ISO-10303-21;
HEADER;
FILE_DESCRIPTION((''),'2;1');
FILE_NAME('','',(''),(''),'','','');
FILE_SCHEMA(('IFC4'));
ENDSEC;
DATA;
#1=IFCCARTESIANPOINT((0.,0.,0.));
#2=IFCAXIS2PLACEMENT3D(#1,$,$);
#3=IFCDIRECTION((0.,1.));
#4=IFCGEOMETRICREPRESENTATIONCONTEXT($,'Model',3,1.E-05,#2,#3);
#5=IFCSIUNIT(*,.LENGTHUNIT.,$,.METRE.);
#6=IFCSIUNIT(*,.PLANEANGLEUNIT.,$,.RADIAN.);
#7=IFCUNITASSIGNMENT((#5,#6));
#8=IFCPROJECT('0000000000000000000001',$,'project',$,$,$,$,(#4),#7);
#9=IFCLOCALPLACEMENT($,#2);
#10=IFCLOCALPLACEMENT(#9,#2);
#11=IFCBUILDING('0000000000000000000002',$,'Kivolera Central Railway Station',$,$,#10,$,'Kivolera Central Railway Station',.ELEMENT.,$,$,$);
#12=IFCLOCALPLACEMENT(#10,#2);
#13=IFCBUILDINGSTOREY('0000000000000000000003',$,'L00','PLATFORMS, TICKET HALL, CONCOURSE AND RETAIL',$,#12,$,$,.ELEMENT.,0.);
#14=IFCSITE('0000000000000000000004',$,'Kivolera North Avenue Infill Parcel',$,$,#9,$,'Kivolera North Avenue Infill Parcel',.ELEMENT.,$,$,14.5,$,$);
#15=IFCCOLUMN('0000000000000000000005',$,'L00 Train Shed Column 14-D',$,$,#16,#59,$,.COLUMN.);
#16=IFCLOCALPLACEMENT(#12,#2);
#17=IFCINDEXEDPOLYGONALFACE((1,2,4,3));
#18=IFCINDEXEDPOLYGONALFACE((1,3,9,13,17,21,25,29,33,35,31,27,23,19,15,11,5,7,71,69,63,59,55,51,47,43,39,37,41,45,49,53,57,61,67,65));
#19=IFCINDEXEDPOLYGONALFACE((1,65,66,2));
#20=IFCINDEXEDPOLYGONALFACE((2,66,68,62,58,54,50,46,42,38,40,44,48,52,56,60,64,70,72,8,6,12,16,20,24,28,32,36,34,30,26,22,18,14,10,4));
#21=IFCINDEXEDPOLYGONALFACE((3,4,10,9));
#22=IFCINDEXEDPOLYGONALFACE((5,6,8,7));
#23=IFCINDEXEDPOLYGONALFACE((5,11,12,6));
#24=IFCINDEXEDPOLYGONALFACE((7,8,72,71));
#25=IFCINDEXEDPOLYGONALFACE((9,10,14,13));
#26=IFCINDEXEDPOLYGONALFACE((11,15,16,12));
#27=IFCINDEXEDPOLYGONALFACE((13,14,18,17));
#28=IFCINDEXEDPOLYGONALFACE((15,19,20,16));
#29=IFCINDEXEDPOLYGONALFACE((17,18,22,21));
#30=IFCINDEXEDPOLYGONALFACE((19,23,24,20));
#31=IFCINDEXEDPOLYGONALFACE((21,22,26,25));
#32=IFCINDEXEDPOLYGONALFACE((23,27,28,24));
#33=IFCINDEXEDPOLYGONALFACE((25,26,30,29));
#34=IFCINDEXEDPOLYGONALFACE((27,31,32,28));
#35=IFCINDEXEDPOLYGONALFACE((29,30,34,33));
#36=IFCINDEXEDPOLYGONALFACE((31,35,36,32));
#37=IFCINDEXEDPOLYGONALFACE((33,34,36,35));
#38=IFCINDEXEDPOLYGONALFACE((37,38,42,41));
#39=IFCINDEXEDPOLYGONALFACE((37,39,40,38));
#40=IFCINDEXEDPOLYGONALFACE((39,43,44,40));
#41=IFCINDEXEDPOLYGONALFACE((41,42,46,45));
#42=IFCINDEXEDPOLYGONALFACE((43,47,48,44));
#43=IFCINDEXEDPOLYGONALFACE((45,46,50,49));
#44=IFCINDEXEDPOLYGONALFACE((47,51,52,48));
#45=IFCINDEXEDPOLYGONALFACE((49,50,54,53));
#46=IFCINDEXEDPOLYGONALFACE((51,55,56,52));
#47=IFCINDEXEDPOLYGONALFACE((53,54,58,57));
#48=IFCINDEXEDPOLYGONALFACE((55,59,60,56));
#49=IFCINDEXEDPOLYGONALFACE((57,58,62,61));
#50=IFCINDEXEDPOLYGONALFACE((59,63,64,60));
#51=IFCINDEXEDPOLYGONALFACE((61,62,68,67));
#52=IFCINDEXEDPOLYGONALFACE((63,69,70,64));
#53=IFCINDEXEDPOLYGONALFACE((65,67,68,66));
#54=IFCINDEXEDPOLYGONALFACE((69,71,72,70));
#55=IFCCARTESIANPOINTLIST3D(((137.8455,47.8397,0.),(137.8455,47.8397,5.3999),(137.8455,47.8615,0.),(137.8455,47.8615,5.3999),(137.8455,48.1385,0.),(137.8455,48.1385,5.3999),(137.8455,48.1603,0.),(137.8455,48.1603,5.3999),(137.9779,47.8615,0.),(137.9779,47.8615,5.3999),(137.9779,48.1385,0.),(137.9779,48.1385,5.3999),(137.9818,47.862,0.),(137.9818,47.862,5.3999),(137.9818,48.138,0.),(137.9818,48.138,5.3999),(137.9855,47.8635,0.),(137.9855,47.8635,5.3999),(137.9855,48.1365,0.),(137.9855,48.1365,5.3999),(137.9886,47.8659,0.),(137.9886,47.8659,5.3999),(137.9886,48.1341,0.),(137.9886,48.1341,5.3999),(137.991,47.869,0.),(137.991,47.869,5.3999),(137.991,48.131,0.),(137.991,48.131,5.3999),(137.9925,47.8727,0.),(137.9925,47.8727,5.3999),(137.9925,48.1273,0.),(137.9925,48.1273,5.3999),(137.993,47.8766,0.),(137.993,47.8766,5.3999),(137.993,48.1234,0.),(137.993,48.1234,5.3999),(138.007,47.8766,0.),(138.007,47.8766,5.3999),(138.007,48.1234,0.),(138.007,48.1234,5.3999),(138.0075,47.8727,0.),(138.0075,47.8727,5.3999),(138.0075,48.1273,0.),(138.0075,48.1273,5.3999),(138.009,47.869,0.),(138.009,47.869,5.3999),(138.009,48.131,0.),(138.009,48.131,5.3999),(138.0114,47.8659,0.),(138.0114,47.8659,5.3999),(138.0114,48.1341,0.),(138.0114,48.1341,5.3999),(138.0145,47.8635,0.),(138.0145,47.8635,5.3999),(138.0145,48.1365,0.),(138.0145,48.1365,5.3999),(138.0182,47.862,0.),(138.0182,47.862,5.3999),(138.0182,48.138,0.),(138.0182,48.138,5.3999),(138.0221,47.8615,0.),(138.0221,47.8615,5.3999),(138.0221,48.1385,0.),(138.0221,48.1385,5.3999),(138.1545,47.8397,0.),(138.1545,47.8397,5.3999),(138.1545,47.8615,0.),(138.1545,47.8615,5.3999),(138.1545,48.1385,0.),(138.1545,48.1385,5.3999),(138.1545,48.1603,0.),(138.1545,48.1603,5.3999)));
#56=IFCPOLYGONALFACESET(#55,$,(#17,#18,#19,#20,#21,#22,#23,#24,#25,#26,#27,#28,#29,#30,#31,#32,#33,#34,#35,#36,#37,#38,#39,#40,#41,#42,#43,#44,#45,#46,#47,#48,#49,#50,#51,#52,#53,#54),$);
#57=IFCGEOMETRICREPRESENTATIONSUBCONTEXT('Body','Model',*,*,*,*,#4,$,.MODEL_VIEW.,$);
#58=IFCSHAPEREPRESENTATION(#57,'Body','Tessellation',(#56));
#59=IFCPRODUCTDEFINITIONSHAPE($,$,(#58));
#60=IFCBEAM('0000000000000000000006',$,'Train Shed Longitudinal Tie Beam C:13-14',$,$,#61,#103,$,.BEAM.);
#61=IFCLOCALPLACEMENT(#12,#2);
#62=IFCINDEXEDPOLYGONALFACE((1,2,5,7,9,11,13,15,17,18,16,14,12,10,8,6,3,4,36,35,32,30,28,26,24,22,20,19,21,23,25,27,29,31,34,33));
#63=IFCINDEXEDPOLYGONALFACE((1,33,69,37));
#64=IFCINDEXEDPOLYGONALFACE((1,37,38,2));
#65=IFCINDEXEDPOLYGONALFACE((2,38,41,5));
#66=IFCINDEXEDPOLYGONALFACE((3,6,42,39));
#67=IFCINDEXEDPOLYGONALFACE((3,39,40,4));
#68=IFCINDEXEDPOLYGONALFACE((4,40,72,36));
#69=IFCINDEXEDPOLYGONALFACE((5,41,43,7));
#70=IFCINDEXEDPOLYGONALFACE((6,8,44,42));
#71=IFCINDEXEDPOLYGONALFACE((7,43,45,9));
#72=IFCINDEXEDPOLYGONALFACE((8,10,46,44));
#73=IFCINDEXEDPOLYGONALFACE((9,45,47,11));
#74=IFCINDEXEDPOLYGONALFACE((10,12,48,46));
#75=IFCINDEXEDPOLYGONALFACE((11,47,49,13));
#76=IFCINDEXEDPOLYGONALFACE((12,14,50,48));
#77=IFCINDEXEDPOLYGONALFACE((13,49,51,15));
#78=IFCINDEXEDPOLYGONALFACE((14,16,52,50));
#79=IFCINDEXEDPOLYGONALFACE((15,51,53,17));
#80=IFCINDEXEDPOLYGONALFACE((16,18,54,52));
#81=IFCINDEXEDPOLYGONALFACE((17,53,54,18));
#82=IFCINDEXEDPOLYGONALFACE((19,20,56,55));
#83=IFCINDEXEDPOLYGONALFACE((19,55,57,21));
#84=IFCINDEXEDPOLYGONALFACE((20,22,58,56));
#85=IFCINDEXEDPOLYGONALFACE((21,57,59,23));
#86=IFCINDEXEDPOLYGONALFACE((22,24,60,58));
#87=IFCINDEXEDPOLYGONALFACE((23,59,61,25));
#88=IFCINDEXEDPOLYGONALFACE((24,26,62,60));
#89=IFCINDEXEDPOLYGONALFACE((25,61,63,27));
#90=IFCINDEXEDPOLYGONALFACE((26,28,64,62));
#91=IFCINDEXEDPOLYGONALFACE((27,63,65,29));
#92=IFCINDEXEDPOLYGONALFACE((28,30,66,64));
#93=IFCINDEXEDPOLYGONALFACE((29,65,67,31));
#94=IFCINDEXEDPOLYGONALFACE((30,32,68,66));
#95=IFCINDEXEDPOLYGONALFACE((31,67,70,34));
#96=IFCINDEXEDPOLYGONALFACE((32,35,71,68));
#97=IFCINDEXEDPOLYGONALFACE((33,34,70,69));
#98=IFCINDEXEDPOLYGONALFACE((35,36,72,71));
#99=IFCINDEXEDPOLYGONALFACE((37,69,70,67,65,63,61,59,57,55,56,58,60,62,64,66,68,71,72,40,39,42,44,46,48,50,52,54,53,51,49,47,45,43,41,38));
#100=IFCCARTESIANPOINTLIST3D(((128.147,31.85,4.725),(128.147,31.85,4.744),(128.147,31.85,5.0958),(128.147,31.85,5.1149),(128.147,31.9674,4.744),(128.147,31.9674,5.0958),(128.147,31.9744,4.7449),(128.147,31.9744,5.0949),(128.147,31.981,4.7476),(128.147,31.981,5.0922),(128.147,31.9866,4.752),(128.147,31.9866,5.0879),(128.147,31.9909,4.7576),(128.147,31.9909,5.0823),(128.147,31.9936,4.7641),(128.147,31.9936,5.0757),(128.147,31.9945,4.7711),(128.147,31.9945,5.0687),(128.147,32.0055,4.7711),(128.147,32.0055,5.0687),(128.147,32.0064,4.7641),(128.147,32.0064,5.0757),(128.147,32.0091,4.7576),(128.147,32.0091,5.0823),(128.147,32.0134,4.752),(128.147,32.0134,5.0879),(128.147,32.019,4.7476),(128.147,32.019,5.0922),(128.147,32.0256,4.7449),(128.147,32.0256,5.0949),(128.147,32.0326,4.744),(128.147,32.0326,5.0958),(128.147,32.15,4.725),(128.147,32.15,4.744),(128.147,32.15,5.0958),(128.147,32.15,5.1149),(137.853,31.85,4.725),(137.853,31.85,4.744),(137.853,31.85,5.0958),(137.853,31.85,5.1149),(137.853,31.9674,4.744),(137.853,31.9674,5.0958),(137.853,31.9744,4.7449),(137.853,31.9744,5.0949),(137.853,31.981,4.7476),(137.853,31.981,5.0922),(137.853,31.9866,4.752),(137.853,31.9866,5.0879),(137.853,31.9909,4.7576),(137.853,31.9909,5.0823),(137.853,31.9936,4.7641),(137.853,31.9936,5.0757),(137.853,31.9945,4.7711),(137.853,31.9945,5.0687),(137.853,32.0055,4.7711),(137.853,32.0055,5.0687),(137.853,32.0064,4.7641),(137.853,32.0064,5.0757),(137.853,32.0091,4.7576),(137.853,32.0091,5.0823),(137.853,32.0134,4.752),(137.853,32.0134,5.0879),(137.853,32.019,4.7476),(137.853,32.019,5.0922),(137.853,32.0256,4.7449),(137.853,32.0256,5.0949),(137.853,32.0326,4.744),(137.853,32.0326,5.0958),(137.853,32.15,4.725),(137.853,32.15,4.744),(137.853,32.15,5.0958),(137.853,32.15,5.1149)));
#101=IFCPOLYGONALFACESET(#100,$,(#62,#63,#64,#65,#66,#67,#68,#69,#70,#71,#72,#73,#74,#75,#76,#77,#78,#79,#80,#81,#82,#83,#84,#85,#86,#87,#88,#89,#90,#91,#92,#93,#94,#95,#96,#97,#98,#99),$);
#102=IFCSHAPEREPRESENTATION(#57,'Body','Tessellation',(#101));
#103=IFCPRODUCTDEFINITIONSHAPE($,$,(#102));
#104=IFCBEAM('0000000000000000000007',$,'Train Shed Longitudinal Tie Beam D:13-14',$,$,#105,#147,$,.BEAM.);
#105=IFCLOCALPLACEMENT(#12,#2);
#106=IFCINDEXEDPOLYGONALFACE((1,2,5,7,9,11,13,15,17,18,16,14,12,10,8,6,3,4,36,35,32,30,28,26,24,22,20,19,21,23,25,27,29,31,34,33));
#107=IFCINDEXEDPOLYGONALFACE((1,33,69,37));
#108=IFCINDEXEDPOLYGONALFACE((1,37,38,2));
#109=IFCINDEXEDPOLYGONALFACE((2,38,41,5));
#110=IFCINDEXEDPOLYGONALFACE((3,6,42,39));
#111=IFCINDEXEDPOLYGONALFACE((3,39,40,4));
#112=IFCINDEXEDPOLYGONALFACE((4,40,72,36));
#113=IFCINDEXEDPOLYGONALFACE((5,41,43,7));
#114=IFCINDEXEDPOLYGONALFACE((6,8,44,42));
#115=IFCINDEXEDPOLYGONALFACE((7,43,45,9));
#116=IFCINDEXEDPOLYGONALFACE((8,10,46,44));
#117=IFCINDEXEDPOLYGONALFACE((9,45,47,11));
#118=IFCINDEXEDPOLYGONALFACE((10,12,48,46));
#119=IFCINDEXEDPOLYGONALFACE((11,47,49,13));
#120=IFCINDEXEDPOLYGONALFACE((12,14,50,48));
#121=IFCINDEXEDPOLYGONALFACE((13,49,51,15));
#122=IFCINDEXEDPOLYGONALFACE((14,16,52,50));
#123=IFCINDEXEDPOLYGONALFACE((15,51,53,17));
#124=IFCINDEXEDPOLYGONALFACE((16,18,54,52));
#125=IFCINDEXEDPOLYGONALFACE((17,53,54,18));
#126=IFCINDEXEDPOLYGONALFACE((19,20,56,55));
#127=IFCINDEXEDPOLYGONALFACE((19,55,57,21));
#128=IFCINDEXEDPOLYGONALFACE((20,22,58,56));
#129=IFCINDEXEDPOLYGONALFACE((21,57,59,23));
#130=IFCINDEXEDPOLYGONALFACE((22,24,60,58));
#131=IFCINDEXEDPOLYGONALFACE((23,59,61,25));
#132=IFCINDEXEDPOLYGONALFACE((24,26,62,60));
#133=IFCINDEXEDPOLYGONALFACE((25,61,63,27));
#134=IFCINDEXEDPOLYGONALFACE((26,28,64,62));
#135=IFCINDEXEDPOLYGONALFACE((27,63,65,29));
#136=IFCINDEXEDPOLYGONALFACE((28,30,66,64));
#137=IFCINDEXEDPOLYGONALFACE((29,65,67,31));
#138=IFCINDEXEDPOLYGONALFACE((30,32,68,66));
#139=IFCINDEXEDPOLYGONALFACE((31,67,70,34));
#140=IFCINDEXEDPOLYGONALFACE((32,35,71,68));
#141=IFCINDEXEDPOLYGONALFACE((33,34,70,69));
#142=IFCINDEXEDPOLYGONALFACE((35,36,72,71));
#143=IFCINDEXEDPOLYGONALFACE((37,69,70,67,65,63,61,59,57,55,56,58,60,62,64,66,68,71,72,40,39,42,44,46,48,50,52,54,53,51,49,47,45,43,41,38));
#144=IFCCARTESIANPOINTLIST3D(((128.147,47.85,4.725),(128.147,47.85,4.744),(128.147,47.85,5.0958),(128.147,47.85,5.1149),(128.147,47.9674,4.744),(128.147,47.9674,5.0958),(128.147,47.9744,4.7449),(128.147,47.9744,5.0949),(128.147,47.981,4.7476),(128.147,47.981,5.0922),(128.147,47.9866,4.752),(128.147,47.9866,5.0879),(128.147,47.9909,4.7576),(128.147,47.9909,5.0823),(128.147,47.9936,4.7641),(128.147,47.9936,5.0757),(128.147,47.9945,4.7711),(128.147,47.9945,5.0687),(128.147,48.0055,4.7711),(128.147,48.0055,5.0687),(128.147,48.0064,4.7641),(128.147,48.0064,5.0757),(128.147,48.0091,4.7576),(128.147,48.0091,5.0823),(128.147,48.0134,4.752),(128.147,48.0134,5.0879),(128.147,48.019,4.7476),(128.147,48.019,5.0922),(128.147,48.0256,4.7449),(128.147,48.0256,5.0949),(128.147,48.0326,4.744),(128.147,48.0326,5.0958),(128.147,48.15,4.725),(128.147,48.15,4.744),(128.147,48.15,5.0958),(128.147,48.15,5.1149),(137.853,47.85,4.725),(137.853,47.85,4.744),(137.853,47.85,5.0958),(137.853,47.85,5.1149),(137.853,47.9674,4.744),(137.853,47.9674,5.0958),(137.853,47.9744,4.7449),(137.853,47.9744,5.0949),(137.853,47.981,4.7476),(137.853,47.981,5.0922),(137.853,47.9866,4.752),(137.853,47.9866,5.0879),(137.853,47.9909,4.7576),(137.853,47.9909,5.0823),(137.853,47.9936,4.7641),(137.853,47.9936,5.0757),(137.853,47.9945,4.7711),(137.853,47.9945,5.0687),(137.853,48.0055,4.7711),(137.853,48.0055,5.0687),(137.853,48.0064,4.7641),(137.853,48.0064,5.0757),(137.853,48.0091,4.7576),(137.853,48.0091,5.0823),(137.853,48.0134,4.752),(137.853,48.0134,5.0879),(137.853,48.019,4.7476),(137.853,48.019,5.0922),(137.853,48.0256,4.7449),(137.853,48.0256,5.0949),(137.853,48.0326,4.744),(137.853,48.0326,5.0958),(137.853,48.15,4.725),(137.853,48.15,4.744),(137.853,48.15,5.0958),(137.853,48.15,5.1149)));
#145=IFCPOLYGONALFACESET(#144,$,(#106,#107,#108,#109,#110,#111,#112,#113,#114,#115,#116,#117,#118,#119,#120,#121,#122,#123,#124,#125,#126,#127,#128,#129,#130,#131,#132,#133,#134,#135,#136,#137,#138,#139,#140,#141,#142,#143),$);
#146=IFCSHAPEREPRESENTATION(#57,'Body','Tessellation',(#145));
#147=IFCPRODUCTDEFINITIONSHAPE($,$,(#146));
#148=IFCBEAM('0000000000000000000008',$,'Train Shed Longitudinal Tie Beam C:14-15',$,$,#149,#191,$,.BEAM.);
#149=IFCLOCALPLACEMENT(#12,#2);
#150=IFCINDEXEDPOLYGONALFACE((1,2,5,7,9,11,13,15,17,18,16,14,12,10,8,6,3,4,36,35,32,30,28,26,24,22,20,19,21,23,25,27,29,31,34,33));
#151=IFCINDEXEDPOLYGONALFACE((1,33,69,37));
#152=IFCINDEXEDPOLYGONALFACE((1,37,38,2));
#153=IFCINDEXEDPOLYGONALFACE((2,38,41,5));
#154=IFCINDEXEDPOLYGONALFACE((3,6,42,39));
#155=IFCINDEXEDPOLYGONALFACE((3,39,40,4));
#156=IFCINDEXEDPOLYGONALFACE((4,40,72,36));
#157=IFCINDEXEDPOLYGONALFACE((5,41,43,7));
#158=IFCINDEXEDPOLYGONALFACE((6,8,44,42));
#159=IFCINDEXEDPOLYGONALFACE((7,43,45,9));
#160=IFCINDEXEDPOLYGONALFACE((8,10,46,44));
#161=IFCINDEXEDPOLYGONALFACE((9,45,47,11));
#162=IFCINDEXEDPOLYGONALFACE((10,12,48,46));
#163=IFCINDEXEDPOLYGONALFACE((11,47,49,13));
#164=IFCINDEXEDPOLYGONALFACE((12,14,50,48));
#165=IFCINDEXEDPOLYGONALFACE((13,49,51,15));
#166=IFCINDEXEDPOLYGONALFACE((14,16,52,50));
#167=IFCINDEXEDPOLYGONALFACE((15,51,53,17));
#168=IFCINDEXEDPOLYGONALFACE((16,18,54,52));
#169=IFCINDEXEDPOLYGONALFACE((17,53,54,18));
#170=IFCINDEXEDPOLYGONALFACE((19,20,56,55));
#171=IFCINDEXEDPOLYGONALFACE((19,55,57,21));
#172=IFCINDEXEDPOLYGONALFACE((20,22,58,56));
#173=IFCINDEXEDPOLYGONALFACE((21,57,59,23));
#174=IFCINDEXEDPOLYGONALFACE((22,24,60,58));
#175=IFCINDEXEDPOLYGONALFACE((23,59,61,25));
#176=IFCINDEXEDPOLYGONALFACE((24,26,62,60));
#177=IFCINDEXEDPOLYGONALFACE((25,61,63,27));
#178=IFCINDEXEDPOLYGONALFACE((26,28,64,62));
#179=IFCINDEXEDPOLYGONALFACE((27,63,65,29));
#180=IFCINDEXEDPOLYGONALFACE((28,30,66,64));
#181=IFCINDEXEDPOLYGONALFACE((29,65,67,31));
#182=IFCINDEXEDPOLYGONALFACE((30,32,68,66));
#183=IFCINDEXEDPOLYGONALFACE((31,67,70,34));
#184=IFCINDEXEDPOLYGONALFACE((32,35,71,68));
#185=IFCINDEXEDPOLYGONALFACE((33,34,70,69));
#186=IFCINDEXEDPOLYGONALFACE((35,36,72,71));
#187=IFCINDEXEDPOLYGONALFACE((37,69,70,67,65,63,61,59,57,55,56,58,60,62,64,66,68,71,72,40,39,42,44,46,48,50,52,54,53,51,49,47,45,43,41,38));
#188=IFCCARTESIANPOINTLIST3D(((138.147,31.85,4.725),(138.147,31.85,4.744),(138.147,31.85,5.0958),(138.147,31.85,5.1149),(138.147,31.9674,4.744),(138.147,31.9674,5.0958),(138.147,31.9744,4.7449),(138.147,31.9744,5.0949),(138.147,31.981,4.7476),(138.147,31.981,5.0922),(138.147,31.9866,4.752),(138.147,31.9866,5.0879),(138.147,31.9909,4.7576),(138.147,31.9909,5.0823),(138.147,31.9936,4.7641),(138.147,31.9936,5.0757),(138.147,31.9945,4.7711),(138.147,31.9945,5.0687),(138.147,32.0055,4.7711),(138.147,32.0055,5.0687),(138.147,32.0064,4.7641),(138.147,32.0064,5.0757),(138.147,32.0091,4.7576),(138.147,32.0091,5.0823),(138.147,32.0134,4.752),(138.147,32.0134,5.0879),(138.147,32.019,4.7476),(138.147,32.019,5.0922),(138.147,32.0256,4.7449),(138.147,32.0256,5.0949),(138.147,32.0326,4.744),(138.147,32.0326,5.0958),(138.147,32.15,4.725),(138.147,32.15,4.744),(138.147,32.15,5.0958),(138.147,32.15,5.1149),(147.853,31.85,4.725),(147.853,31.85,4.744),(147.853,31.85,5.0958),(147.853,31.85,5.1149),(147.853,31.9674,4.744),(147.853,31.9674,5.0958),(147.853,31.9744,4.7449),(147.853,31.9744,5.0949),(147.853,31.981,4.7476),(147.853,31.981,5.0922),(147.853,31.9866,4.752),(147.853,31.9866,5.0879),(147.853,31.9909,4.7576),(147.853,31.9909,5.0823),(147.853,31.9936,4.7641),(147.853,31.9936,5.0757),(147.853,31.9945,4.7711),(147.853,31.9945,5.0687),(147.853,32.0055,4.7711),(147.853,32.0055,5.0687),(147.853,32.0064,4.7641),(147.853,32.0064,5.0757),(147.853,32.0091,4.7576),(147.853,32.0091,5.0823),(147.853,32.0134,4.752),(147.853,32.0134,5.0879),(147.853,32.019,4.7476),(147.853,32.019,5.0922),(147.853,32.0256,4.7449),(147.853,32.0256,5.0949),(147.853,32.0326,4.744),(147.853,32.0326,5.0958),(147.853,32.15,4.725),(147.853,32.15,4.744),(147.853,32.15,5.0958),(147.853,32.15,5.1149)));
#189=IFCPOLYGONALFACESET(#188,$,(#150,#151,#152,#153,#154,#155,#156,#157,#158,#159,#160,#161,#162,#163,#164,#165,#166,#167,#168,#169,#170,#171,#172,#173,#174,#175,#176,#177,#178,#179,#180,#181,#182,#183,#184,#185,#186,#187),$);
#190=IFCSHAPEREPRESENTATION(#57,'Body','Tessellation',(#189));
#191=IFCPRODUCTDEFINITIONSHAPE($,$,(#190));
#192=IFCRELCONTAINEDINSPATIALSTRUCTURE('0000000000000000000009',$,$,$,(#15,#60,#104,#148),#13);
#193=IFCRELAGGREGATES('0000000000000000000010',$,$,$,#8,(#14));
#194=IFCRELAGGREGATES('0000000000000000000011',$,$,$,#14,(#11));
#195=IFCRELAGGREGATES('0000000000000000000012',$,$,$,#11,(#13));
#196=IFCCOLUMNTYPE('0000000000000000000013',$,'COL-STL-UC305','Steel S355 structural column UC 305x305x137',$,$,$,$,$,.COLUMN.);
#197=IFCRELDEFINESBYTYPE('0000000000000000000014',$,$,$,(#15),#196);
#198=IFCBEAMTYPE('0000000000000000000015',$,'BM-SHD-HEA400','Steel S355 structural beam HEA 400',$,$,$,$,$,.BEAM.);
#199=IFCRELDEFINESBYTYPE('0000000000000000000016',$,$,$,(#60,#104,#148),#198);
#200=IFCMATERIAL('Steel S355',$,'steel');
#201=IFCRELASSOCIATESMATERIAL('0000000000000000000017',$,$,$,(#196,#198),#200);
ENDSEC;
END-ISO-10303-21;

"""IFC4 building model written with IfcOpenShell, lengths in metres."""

from ifc_helpers import new_model, si_unit, direction, frame, origin, origin_2d, place, context, subcontext, project, spatial, i_section, extrude, material, material_profile, profile_set, type_object, element, save


model = new_model("IFC4")

# Units and contexts
model_context = context("Model", 3, precision=1e-05, world=origin(), true_north=direction((0.0, 1.0)))
body_context = subcontext(model_context, "Body", "Model", "MODEL_VIEW")
ifc_project = project(units=[si_unit("LENGTHUNIT", "METRE"), si_unit("PLANEANGLEUNIT", "RADIAN")], contexts=[model_context])

# Site, building, storey
site_placement = place(None, origin())
site = spatial("IfcSite", under=ifc_project, at=site_placement, Name="Kivolera North Avenue Infill Parcel", LongName="Kivolera North Avenue Infill Parcel", CompositionType="ELEMENT", RefElevation=14.5)
building_placement = place(site_placement, origin())
building = spatial("IfcBuilding", under=site, at=building_placement, Name="Kivolera Central Railway Station", LongName="Kivolera Central Railway Station", CompositionType="ELEMENT")
storey_placement = place(building_placement, origin())
storey = spatial("IfcBuildingStorey", under=building, at=storey_placement, Name="L00", Description="PLATFORMS, TICKET HALL, CONCOURSE AND RETAIL", CompositionType="ELEMENT", Elevation=0.0)

# Column
ifc_material_1 = material(Name="Steel S355", Category="steel")
ifc_material_profile_1 = material_profile(ifc_material_1, i_section(OverallWidth=0.3091, OverallDepth=0.3206, WebThickness=0.0139, FlangeThickness=0.0217, FilletRadius=0.0151, at=origin_2d()), Name="UC 305x305x137")
ifc_profile_set_1 = profile_set([ifc_material_profile_1], Name="Steel S355")
column_type = type_object("IfcColumnType", Name="COL-STL-UC305", Description="Steel S355 structural column UC 305x305x137", PredefinedType="COLUMN", material=ifc_profile_set_1)
for number, where, z_axis, x_axis, name in (
    (1, (138.0, 48.0, 0.0), (0.0, 0.0, 1.0), (1.0, 0.0, 0.0), "L00 Train Shed Column 14-D"),
):
    element("IfcColumn", number, at=place(storey_placement, frame(where, z_axis=z_axis, x_axis=x_axis)), inside=storey, type_object=column_type, Name=name, PredefinedType="COLUMN", context=body_context, shape_type="SweptSolid", body=[
        extrude(i_section(OverallWidth=0.3091, OverallDepth=0.3206, WebThickness=0.0139, FlangeThickness=0.0217, FilletRadius=0.0151, at=origin_2d()), origin(), (0.0, 0.0, 1.0), 5.3999),
    ])

# Beams
ifc_material_profile_2 = material_profile(ifc_material_1, i_section(OverallWidth=0.3, OverallDepth=0.3899, WebThickness=0.011, FlangeThickness=0.019, FilletRadius=0.0271, at=origin_2d()), Name="HEA 400")
ifc_profile_set_2 = profile_set([ifc_material_profile_2], Name="Steel S355")
beam_type = type_object("IfcBeamType", Name="BM-SHD-HEA400", Description="Steel S355 structural beam HEA 400", PredefinedType="BEAM", material=ifc_profile_set_2)
for number, where, z_axis, x_axis, name in (
    (2, (128.147, 32.0, 4.9199), (1.0, 0.0, 0.0), (0.0, 1.0, 0.0), "Train Shed Longitudinal Tie Beam C:13-14"),
    (3, (128.147, 48.0, 4.9199), (1.0, 0.0, 0.0), (0.0, 1.0, 0.0), "Train Shed Longitudinal Tie Beam D:13-14"),
    (4, (138.147, 32.0, 4.9199), (1.0, 0.0, 0.0), (0.0, 1.0, 0.0), "Train Shed Longitudinal Tie Beam C:14-15"),
):
    element("IfcBeam", number, at=place(storey_placement, frame(where, z_axis=z_axis, x_axis=x_axis)), inside=storey, type_object=beam_type, Name=name, PredefinedType="BEAM", context=body_context, shape_type="SweptSolid", body=[
        extrude(i_section(OverallWidth=0.3, OverallDepth=0.3899, WebThickness=0.011, FlangeThickness=0.019, FilletRadius=0.0271, at=origin_2d()), origin(), (0.0, 0.0, 1.0), 9.7061),
    ])

save(model, "model.ifc")
